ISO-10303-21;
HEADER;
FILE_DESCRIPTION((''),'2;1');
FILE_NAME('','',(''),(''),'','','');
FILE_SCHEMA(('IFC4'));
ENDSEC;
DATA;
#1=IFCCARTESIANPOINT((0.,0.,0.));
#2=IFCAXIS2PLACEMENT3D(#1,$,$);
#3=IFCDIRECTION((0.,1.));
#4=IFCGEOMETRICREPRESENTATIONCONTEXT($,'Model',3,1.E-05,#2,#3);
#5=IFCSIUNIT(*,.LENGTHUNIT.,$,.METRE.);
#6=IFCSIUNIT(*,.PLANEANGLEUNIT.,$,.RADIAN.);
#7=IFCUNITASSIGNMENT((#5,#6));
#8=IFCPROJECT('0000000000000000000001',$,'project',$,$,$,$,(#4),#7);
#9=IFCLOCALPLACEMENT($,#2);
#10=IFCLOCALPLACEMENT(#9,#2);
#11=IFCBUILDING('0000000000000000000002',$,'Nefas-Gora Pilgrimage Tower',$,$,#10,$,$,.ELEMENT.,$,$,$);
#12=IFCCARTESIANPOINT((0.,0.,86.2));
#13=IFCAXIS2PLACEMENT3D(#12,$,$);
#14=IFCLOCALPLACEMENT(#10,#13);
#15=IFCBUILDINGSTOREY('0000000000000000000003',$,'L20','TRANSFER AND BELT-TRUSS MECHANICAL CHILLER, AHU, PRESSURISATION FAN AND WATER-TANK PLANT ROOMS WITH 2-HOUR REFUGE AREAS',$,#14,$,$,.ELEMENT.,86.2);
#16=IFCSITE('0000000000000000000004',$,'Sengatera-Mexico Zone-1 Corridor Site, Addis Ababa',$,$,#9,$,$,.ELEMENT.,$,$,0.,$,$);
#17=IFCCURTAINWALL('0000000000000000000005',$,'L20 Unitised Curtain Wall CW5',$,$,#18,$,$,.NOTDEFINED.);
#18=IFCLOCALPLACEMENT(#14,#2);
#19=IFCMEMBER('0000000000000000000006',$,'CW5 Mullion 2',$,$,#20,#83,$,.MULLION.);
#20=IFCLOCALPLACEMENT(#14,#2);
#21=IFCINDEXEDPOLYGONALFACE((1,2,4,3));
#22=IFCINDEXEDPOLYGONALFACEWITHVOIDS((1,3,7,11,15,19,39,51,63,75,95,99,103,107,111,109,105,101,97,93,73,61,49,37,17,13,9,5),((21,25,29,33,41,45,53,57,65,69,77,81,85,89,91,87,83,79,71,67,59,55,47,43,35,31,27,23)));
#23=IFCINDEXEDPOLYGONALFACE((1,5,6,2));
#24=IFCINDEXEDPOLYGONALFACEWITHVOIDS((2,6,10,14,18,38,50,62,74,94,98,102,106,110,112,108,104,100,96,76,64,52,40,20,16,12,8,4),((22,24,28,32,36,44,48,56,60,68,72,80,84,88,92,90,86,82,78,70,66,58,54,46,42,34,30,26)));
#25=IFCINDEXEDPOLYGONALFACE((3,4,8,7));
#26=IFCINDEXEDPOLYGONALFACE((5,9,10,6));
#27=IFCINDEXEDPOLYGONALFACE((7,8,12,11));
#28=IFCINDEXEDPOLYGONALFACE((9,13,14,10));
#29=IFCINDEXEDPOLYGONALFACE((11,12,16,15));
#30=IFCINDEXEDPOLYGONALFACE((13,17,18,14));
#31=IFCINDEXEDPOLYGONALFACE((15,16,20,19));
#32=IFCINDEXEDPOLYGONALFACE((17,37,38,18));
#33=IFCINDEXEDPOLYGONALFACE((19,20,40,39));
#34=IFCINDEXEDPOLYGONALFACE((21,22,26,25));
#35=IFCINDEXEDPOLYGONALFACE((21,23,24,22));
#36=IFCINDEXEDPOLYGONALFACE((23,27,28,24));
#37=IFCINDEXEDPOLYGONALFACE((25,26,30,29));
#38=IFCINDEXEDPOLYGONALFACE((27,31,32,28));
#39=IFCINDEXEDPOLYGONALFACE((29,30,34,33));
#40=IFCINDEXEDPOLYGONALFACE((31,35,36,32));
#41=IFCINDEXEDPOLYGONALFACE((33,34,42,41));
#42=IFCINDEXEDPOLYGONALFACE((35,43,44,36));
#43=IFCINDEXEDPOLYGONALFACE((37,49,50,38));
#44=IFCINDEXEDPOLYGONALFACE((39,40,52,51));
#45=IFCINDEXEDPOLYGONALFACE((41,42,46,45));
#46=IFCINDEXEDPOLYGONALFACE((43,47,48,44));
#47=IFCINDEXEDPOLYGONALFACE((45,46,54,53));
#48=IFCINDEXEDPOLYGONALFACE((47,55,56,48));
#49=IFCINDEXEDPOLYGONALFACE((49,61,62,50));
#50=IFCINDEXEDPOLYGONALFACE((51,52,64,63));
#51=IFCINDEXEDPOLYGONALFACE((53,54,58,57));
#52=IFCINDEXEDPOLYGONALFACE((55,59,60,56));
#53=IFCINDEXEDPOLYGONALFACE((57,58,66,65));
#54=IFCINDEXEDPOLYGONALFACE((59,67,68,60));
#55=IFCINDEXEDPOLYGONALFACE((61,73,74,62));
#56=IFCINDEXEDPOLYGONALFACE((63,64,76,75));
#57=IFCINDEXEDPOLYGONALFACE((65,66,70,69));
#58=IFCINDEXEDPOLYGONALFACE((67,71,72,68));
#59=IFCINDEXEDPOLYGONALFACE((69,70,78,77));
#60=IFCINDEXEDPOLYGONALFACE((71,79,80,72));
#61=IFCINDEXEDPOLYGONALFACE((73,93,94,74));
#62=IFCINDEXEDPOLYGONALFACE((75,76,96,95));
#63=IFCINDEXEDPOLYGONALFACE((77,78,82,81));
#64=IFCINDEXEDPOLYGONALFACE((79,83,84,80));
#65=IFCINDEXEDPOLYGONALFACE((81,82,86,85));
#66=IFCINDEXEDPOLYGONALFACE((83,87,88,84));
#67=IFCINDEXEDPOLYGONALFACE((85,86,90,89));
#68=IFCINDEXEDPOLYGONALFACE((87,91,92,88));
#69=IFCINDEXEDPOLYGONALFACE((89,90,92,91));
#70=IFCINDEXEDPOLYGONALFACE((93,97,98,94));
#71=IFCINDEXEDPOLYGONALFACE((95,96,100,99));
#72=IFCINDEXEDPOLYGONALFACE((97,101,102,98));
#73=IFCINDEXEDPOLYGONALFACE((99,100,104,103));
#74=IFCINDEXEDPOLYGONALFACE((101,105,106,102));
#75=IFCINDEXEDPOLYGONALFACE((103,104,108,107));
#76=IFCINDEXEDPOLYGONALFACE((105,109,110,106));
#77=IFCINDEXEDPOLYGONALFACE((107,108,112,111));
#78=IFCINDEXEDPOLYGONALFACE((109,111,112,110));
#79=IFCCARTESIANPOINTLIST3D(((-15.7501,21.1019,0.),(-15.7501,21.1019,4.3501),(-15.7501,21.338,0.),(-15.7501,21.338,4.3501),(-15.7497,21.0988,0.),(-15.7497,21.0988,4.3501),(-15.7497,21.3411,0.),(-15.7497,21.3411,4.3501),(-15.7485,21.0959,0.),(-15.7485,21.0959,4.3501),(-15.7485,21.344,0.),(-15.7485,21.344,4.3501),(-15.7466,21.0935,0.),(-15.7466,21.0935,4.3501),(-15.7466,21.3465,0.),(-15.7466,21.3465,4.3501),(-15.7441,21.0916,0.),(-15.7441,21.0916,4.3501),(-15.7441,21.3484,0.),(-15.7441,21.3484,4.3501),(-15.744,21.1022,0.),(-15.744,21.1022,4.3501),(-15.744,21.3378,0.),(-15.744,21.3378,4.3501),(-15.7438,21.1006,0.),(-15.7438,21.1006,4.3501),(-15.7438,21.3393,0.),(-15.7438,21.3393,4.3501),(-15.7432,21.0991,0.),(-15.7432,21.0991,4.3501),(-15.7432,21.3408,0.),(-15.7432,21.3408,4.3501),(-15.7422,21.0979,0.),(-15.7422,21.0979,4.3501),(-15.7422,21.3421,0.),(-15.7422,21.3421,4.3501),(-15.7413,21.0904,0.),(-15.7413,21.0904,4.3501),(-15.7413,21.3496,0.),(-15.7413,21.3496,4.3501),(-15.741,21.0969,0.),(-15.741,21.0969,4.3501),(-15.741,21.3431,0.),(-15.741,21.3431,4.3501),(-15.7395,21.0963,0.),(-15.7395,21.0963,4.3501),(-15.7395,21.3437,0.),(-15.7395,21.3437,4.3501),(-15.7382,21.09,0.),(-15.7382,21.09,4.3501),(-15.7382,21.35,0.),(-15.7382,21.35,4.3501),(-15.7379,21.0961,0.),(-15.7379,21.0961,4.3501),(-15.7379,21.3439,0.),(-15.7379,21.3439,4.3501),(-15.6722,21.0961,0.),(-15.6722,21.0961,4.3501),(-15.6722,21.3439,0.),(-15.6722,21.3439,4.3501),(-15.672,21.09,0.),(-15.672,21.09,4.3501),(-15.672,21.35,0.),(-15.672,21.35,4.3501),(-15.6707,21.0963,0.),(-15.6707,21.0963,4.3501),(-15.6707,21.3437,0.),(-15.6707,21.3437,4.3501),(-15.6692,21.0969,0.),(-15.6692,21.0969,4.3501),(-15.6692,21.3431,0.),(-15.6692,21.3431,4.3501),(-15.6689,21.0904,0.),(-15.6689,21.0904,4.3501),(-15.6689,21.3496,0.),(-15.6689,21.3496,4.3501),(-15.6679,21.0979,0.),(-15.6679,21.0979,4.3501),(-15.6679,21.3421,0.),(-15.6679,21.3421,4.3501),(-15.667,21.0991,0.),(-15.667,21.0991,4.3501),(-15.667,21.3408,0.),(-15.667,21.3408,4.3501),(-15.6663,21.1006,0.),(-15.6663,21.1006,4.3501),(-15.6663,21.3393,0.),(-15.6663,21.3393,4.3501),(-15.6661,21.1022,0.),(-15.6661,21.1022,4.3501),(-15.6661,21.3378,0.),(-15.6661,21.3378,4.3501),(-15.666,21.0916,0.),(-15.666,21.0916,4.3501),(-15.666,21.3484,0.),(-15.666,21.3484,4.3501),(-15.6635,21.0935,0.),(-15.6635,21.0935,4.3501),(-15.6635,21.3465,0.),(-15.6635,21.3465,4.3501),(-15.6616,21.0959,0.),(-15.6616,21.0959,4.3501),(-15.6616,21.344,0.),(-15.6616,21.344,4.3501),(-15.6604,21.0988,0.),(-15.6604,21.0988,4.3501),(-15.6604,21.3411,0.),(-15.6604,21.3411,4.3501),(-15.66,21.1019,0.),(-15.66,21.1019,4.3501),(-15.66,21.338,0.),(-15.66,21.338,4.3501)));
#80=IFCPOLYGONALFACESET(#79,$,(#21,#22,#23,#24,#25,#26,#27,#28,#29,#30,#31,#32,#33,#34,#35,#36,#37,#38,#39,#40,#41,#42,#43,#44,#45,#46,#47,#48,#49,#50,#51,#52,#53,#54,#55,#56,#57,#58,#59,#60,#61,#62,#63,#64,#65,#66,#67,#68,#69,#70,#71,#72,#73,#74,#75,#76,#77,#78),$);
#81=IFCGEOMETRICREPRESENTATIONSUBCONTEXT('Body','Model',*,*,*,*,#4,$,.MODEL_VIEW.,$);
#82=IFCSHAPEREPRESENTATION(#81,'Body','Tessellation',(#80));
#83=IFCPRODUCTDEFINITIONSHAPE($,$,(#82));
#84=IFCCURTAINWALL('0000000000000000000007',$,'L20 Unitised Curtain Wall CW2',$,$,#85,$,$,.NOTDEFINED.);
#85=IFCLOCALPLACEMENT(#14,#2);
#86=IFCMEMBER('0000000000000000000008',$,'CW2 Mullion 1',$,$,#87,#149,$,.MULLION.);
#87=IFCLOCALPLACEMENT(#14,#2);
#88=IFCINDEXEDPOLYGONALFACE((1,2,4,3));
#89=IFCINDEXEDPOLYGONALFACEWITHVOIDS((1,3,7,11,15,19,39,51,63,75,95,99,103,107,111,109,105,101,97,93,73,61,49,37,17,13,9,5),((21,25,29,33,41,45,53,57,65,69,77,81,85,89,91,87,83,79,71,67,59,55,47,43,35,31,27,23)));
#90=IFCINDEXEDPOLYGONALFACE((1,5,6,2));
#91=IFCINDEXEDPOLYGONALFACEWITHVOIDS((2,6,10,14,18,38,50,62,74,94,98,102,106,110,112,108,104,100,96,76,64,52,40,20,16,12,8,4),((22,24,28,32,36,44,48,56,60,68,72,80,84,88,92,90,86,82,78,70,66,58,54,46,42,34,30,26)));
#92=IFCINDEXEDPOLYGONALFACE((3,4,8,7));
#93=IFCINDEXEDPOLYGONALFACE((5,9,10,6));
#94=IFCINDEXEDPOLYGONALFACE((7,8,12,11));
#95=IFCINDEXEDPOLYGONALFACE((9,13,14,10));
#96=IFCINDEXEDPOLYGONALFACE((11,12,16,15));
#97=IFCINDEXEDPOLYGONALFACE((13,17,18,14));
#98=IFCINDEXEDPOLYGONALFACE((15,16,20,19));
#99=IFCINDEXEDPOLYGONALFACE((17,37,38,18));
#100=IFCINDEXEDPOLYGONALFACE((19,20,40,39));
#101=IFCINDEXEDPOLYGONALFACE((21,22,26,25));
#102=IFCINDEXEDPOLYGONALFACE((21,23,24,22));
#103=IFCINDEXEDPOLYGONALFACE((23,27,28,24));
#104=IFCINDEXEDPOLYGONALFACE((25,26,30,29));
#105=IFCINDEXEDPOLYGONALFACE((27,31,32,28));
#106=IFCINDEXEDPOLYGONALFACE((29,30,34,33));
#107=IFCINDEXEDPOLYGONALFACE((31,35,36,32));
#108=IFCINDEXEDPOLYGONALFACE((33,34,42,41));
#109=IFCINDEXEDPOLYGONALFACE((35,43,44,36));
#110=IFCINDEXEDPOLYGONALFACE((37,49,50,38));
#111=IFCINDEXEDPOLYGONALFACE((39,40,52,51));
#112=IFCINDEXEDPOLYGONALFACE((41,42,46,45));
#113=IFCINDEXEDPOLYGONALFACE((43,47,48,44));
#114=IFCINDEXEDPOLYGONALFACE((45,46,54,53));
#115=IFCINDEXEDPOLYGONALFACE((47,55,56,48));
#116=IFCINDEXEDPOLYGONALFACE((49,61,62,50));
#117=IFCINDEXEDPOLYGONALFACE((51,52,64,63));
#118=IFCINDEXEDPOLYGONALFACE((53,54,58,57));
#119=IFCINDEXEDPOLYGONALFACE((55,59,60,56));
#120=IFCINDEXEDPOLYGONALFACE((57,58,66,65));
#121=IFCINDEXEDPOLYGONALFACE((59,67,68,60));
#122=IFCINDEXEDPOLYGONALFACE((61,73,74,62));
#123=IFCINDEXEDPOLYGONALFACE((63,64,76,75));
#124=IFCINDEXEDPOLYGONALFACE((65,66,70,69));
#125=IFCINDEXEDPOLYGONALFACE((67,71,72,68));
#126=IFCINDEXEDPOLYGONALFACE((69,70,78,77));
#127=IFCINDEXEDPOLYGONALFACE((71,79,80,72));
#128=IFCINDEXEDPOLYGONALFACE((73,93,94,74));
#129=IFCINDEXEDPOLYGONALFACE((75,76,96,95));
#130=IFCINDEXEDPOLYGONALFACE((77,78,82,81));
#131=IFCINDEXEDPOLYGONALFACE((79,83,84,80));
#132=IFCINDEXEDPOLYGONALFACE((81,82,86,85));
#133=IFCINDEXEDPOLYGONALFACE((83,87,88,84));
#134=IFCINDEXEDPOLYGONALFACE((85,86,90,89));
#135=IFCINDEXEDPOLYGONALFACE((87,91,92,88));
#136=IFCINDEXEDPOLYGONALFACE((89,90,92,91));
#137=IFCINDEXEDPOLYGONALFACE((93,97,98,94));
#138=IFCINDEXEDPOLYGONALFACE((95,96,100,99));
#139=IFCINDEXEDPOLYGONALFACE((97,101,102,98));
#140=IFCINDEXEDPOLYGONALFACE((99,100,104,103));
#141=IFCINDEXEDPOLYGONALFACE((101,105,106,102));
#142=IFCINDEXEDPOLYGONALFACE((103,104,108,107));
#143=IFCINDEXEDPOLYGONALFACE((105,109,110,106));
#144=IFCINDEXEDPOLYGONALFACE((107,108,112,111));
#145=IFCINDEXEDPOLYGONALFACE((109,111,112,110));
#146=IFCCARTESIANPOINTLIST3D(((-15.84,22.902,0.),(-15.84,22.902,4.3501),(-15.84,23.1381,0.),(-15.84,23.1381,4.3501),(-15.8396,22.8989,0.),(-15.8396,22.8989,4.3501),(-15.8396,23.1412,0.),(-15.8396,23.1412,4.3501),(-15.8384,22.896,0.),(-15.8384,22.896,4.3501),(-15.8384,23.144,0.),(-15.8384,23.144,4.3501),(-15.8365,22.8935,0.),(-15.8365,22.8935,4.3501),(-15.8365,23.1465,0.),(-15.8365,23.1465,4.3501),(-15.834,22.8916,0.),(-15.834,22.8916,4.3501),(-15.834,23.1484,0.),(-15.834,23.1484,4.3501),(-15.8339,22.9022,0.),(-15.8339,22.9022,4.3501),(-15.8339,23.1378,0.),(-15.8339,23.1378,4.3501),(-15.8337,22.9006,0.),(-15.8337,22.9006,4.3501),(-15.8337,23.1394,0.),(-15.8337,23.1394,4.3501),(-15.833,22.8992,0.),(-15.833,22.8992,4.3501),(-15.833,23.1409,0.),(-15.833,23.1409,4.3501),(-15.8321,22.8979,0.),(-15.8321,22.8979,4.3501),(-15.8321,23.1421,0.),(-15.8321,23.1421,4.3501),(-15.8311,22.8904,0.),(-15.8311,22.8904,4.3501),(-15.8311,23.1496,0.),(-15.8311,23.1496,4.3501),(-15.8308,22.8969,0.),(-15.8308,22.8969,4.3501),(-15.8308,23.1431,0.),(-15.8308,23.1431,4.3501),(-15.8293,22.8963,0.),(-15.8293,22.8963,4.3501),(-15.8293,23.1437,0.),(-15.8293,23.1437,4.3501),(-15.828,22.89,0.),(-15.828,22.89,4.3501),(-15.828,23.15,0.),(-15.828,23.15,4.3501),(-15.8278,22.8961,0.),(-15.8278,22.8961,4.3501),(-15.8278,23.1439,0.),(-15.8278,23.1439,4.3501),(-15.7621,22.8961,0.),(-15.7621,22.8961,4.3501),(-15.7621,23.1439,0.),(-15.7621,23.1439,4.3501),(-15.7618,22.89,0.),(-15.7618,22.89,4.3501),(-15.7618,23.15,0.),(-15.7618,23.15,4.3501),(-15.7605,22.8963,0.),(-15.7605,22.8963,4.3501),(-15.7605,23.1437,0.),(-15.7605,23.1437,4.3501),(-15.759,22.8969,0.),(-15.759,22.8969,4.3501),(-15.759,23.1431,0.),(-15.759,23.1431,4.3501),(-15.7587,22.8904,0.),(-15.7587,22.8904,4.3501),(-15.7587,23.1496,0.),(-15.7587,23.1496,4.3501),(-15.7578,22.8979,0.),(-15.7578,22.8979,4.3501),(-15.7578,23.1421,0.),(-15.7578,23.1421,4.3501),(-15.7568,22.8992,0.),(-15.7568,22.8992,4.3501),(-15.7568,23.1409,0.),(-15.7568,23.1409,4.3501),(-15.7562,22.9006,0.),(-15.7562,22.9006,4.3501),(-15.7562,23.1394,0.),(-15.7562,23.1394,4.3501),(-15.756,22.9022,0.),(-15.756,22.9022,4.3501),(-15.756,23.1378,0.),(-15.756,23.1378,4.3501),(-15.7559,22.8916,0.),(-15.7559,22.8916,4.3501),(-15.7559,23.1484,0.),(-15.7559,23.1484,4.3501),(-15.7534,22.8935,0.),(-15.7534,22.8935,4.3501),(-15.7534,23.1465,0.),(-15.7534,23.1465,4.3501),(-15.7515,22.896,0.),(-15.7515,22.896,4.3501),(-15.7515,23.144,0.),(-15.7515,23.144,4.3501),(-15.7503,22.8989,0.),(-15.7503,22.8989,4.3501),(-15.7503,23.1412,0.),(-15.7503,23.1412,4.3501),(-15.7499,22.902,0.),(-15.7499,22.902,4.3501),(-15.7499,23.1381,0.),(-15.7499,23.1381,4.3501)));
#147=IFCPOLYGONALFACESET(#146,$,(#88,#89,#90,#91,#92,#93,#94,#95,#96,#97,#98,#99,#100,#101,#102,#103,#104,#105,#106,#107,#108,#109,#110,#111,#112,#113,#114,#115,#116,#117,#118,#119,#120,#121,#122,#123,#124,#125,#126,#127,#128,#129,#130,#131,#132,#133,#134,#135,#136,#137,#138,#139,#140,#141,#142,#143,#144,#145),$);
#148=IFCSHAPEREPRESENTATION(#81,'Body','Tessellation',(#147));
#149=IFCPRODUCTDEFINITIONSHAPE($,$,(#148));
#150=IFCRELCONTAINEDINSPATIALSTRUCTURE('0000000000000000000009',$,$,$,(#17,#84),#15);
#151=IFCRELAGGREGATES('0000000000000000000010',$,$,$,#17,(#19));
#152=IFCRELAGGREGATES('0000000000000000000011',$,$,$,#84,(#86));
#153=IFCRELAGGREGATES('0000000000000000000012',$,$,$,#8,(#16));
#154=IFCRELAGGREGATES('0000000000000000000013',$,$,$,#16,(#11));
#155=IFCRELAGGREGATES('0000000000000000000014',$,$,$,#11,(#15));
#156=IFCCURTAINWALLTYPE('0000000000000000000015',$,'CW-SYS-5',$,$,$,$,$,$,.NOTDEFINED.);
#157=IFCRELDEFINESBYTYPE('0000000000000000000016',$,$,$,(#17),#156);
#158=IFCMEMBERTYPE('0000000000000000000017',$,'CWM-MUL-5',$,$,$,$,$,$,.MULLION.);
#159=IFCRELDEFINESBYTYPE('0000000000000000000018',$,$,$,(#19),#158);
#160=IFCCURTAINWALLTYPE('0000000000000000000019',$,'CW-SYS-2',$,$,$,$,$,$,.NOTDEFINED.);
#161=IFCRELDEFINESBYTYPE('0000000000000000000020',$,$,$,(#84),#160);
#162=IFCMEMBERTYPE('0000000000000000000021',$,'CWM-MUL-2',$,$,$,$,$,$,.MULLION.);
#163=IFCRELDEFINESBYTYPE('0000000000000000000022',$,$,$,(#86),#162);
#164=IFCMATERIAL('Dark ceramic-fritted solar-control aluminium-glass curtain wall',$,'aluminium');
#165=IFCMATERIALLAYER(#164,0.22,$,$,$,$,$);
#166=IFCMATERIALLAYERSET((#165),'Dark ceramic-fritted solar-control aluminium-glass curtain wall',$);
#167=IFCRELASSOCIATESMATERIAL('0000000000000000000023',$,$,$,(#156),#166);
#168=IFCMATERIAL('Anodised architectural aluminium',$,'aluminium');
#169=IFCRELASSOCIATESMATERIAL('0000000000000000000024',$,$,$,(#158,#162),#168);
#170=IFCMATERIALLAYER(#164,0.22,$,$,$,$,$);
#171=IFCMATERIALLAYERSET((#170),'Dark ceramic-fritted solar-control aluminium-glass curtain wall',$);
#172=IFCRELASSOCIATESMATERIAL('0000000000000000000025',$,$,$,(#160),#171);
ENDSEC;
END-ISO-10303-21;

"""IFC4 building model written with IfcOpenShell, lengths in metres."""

from ifc_helpers import new_model, si_unit, direction, frame, origin, origin_2d, place, context, subcontext, project, spatial, hollow_rectangle, extrude, source, transform, mapped, material, layer, layer_set, material_profile, profile_set, type_object, element, aggregate, save


model = new_model("IFC4")

# Units and contexts
model_context = context("Model", 3, precision=1e-05, world=origin(), true_north=direction((0.0, 1.0)))
body_context = subcontext(model_context, "Body", "Model", "MODEL_VIEW")
ifc_project = project(units=[si_unit("LENGTHUNIT", "METRE"), si_unit("PLANEANGLEUNIT", "RADIAN")], contexts=[model_context])

# Site, building, storey
site_placement = place(None, origin())
site = spatial("IfcSite", under=ifc_project, at=site_placement, Name="Sengatera-Mexico Zone-1 Corridor Site, Addis Ababa", CompositionType="ELEMENT", RefElevation=0.0)
building_placement = place(site_placement, origin())
building = spatial("IfcBuilding", under=site, at=building_placement, Name="Nefas-Gora Pilgrimage Tower", CompositionType="ELEMENT")
storey_placement = place(building_placement, frame((0.0, 0.0, 86.2)))
storey = spatial("IfcBuildingStorey", under=building, at=storey_placement, Name="L20", Description="TRANSFER AND BELT-TRUSS MECHANICAL CHILLER, AHU, PRESSURISATION FAN AND WATER-TANK PLANT ROOMS WITH 2-HOUR REFUGE AREAS", CompositionType="ELEMENT", Elevation=86.2)

# Curtain wall, member
ifc_material_1 = material(Name="Dark ceramic-fritted solar-control aluminium-glass curtain wall", Category="aluminium")
ifc_layer_1 = layer(ifc_material_1, 0.22)
ifc_layer_set_1 = layer_set([ifc_layer_1], Name="Dark ceramic-fritted solar-control aluminium-glass curtain wall")
curtain_wall_type_1 = type_object("IfcCurtainWallType", Name="CW-SYS-5", PredefinedType="NOTDEFINED", material=ifc_layer_set_1)
curtain_wall_1_placement = place(storey_placement, origin())
curtain_wall_1 = element("IfcCurtainWall", 1, at=curtain_wall_1_placement, inside=storey, type_object=curtain_wall_type_1, Name="L20 Unitised Curtain Wall CW5", PredefinedType="NOTDEFINED")
ifc_material_2 = material(Name="Anodised architectural aluminium", Category="aluminium")
ifc_material_profile_1 = material_profile(ifc_material_2, hollow_rectangle(XDim=0.0901, YDim=0.26, WallThickness=0.0061, InnerFilletRadius=0.0061, OuterFilletRadius=0.012, at=origin_2d()), Name="ALU MULLION 90x260")
ifc_profile_set_1 = profile_set([ifc_material_profile_1], Name="Anodised architectural aluminium")
member_type_1 = type_object("IfcMemberType", Name="CWM-MUL-5", PredefinedType="MULLION", material=ifc_profile_set_1)
shared_shape_1 = source(origin(), body_context, "Body", "SweptSolid", [
    extrude(hollow_rectangle(XDim=0.0901, YDim=0.26, WallThickness=0.0061, InnerFilletRadius=0.0061, OuterFilletRadius=0.012, at=origin_2d()), origin(), (0.0, 0.0, 1.0), 4.3501),
])
member_1_placement = place(storey_placement, frame((-15.7051, 21.22, 0.0), z_axis=(0.0, 0.0, 1.0), x_axis=(-1.0, 0.0, 0.0)))
member_1 = element("IfcMember", 2, at=member_1_placement, type_object=member_type_1, Name="CW5 Mullion 2", PredefinedType="MULLION", context=body_context, shape_type="MappedRepresentation", body=[
    mapped(shared_shape_1, transform((0.0, 0.0, 0.0), x_axis=(1.0, 0.0, 0.0), y_axis=(0.0, 1.0, 0.0), z_axis=(0.0, 0.0, 1.0), scale=1.0)),
])
aggregate(curtain_wall_1, [member_1])

# Curtain wall, member
ifc_layer_2 = layer(ifc_material_1, 0.22)
ifc_layer_set_2 = layer_set([ifc_layer_2], Name="Dark ceramic-fritted solar-control aluminium-glass curtain wall")
curtain_wall_type_2 = type_object("IfcCurtainWallType", Name="CW-SYS-2", PredefinedType="NOTDEFINED", material=ifc_layer_set_2)
curtain_wall_2_placement = place(storey_placement, origin())
curtain_wall_2 = element("IfcCurtainWall", 3, at=curtain_wall_2_placement, inside=storey, type_object=curtain_wall_type_2, Name="L20 Unitised Curtain Wall CW2", PredefinedType="NOTDEFINED")
ifc_material_profile_2 = material_profile(ifc_material_2, hollow_rectangle(XDim=0.0901, YDim=0.26, WallThickness=0.0061, InnerFilletRadius=0.0061, OuterFilletRadius=0.012, at=origin_2d()), Name="ALU MULLION 90x260")
ifc_profile_set_2 = profile_set([ifc_material_profile_2], Name="Anodised architectural aluminium")
member_type_2 = type_object("IfcMemberType", Name="CWM-MUL-2", PredefinedType="MULLION", material=ifc_profile_set_2)
shared_shape_2 = source(origin(), body_context, "Body", "SweptSolid", [
    extrude(hollow_rectangle(XDim=0.0901, YDim=0.26, WallThickness=0.0061, InnerFilletRadius=0.0061, OuterFilletRadius=0.012, at=origin_2d()), origin(), (0.0, 0.0, 1.0), 4.3501),
])
member_2_placement = place(storey_placement, frame((-15.7949, 23.02, 0.0), z_axis=(0.0, 0.0, 1.0), x_axis=(-1.0, 0.0, 0.0)))
member_2 = element("IfcMember", 4, at=member_2_placement, type_object=member_type_2, Name="CW2 Mullion 1", PredefinedType="MULLION", context=body_context, shape_type="MappedRepresentation", body=[
    mapped(shared_shape_2, transform((0.0, 0.0, 0.0), x_axis=(1.0, 0.0, 0.0), y_axis=(0.0, 1.0, 0.0), z_axis=(0.0, 0.0, 1.0), scale=1.0)),
])

aggregate(curtain_wall_2, [member_2])

save(model, "model.ifc")
